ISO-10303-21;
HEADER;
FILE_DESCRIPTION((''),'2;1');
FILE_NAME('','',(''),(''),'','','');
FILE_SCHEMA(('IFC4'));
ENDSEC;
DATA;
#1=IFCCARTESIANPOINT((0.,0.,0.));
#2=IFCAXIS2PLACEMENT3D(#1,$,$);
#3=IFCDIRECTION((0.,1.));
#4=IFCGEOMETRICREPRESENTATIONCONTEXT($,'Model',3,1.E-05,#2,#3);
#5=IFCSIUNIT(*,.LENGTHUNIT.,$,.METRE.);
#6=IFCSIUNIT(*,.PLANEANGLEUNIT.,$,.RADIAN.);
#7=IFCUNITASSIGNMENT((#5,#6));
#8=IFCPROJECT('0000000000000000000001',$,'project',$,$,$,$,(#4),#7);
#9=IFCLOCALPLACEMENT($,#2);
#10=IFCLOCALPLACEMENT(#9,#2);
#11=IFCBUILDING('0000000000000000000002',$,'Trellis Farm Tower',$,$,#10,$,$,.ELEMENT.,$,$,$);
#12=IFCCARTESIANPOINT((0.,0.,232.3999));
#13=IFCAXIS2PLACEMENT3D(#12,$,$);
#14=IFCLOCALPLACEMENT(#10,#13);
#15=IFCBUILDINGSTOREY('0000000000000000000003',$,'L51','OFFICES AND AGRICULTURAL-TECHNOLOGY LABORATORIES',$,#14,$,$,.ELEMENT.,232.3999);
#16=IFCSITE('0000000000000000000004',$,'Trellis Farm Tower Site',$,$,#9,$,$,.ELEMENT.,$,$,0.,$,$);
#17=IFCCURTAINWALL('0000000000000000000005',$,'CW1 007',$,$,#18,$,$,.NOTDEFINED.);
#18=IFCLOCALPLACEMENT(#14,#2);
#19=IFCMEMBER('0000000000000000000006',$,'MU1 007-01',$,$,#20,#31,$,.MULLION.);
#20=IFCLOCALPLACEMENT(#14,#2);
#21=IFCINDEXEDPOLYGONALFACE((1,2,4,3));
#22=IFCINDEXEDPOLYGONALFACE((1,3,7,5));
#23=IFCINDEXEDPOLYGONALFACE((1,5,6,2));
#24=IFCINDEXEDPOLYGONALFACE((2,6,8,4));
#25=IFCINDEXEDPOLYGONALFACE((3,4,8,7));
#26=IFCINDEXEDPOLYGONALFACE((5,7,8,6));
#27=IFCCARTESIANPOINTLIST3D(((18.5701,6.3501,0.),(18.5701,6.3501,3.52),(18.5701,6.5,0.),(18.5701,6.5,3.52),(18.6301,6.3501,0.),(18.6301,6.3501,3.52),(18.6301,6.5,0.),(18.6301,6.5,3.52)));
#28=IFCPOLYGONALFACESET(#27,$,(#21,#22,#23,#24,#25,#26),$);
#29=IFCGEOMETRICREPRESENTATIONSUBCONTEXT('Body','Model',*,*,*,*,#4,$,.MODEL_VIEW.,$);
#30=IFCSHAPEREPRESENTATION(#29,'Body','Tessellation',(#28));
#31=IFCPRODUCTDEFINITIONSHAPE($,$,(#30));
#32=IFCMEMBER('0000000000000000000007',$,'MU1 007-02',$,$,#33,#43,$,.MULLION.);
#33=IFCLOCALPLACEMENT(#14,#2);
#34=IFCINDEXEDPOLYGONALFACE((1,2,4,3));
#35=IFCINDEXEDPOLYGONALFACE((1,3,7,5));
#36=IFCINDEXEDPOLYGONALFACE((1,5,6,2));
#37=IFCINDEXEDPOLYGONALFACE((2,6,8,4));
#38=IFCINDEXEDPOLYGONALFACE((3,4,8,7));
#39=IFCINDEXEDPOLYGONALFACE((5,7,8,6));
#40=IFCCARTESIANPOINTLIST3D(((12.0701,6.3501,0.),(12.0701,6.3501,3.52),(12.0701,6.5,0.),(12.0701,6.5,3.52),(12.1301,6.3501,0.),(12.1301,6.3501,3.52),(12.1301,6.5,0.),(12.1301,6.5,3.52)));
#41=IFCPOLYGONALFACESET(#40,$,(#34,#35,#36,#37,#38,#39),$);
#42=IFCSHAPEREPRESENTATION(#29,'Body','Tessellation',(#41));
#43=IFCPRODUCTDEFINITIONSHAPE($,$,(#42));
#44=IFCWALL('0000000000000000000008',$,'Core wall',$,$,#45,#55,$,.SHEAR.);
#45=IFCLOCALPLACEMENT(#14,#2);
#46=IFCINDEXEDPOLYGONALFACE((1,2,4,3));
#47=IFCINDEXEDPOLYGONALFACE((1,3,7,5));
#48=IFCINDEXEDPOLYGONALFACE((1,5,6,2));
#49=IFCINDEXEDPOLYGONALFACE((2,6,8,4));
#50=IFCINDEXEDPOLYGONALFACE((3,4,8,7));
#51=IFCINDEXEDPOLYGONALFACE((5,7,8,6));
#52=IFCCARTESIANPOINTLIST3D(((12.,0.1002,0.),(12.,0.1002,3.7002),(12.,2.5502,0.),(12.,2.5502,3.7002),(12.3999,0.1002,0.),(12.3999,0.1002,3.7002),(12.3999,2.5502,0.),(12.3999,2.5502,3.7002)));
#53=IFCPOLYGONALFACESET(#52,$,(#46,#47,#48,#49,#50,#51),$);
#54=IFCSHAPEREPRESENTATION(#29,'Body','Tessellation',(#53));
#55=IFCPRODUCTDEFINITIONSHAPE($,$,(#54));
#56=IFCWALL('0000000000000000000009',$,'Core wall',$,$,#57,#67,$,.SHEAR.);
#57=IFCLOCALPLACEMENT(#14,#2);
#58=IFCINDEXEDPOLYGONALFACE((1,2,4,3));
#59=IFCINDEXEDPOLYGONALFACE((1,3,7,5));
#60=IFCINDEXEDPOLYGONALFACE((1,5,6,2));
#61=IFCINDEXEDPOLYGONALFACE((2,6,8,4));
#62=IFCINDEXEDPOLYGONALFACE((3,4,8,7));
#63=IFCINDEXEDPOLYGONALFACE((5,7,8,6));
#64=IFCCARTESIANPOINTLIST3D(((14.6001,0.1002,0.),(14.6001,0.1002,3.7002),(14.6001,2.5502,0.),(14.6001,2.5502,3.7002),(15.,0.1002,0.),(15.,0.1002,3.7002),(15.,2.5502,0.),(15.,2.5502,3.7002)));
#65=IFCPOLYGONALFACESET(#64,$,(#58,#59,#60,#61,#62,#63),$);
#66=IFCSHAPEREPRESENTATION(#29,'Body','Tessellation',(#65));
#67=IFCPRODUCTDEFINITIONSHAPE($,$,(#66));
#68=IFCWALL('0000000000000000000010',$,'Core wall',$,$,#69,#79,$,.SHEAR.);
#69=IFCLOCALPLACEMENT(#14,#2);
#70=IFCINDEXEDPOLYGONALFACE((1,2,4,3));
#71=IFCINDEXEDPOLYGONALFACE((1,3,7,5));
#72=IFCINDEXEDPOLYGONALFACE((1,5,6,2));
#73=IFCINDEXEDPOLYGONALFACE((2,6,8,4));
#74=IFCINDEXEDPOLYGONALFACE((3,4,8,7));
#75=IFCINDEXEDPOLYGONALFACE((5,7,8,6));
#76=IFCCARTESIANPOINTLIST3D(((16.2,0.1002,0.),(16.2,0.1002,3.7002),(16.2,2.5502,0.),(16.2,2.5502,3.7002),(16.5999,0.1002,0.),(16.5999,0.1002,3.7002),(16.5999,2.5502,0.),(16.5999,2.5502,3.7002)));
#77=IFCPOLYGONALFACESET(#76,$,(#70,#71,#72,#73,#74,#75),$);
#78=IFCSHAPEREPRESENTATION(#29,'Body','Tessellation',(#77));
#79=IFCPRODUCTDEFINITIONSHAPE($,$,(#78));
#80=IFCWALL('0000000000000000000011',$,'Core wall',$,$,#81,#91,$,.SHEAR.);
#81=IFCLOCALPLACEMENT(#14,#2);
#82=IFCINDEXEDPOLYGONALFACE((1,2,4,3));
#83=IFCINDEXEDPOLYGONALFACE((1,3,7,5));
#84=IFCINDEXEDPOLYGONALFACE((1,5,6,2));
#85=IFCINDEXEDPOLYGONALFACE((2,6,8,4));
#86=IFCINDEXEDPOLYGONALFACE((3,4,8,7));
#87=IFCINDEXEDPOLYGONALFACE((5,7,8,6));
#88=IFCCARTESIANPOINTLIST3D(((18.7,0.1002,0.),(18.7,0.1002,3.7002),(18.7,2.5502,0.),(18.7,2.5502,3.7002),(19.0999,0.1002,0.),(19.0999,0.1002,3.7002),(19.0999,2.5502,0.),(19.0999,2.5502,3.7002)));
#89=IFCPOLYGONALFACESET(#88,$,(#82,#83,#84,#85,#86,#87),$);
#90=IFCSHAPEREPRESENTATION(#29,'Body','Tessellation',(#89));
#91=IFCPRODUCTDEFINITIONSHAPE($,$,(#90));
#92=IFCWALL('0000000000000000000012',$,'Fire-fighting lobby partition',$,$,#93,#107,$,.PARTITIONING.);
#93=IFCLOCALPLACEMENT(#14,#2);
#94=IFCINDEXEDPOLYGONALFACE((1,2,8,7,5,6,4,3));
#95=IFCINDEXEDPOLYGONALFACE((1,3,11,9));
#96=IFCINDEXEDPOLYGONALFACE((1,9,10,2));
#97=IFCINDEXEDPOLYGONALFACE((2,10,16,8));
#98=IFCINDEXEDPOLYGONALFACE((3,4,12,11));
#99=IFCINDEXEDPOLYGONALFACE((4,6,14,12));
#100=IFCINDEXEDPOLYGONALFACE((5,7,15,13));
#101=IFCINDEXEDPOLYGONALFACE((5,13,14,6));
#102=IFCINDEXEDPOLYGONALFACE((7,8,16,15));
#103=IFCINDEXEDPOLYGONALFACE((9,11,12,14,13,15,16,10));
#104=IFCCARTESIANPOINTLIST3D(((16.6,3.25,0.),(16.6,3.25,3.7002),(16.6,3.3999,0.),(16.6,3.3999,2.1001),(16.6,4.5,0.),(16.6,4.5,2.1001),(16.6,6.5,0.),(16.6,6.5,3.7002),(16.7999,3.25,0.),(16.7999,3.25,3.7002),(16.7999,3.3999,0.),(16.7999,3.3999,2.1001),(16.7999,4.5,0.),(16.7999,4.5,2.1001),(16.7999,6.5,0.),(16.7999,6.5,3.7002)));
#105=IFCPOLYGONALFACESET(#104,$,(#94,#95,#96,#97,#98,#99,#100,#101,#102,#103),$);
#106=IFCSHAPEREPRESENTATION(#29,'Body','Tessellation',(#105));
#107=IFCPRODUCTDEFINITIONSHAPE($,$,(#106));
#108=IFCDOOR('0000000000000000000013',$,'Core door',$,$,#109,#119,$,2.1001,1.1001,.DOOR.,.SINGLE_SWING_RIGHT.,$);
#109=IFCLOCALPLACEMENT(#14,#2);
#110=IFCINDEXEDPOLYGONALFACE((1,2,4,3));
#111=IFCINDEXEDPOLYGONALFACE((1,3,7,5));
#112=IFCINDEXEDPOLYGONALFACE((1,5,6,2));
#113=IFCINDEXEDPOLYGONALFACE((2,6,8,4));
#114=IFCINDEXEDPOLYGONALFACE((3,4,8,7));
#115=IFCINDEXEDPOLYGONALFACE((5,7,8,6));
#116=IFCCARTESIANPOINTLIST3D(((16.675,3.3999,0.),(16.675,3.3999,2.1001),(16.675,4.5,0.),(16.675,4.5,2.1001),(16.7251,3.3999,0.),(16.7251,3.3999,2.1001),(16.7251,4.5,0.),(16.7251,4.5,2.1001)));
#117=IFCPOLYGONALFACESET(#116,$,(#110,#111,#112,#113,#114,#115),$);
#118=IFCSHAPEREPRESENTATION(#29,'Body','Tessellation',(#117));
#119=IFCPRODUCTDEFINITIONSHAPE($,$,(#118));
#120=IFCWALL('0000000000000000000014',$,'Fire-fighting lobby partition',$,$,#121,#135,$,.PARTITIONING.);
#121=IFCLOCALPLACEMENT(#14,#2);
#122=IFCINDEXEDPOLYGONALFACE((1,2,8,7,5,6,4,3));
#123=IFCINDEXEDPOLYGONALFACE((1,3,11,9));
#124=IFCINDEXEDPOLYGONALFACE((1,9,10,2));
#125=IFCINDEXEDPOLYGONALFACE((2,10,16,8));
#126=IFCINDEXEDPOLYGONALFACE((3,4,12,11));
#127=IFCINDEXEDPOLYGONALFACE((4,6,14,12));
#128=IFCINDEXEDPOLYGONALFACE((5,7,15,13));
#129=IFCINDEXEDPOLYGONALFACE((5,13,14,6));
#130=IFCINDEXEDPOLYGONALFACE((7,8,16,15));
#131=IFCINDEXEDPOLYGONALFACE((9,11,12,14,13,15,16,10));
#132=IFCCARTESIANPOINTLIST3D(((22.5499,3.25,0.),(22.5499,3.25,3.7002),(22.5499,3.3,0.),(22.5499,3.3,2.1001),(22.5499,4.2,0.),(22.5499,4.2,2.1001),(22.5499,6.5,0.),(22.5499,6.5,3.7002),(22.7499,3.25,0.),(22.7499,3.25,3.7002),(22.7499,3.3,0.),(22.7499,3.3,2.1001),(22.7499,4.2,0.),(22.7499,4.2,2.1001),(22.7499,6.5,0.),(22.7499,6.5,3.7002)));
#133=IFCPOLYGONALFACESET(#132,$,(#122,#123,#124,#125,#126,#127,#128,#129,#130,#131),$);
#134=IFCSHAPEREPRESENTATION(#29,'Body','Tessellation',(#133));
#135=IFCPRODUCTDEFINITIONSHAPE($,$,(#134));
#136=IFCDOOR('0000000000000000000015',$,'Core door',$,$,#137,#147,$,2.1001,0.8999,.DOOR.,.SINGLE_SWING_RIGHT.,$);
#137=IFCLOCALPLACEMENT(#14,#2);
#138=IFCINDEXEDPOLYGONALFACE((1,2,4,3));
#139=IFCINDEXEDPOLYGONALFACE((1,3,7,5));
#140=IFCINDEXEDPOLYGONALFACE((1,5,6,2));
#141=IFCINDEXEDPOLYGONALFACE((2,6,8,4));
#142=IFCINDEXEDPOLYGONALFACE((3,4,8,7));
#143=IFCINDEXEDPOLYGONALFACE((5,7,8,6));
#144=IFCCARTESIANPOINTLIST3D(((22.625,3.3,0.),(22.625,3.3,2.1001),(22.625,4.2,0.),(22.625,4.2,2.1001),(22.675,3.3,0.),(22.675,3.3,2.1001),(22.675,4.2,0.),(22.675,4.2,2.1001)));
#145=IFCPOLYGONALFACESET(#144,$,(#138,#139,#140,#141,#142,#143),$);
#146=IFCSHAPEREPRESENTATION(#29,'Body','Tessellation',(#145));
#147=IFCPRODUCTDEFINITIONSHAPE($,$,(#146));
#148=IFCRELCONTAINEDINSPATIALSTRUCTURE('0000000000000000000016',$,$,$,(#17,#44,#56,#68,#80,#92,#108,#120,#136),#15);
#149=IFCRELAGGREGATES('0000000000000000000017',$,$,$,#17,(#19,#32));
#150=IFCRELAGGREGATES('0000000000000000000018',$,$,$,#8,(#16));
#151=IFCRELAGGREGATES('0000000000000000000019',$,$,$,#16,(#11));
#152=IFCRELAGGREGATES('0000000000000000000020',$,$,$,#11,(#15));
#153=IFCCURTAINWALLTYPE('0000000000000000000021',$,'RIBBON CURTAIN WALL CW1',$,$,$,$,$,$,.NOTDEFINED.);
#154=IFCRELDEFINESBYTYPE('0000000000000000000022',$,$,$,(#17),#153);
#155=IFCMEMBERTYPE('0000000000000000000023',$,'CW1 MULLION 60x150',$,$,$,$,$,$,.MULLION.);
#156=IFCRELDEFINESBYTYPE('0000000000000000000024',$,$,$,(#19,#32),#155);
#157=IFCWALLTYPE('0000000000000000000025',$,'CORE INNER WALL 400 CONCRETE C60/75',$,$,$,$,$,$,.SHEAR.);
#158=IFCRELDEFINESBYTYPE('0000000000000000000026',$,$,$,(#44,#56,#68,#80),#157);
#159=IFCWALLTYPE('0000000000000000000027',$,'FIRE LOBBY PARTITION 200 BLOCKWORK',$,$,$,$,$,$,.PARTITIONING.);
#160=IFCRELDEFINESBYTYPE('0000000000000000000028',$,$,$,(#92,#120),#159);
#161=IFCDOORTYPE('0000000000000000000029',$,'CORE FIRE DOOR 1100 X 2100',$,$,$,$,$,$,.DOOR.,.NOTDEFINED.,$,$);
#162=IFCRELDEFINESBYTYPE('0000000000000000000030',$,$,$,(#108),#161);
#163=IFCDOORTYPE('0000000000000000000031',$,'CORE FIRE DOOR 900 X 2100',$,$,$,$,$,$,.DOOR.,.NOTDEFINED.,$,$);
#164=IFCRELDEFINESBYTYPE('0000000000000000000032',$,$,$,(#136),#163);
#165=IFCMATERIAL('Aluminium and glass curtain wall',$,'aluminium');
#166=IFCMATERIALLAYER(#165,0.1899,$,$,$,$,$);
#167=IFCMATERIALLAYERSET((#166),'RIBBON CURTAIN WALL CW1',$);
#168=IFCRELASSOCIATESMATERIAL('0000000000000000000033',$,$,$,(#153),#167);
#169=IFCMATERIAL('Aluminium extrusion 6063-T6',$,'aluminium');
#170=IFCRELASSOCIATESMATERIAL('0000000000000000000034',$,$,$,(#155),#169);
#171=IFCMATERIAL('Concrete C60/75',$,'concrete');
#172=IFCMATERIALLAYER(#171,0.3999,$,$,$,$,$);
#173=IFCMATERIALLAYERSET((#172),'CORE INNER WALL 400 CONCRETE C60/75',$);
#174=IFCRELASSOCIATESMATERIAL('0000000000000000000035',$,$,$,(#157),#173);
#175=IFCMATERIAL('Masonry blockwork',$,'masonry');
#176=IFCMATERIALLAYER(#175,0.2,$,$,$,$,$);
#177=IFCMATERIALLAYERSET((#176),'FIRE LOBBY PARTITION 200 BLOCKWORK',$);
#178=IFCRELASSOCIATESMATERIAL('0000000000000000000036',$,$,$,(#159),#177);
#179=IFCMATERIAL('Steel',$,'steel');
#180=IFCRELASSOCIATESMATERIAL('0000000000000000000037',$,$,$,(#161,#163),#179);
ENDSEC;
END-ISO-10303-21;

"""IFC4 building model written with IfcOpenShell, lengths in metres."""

from ifc_helpers import new_model, si_unit, direction, frame, frame_2d, origin, origin_2d, place, context, subcontext, project, spatial, rectangle, extrude, source, transform, mapped, material, layer, layer_set, material_profile, profile_set, type_object, element, fill, aggregate, save


model = new_model("IFC4")

# Units and contexts
model_context = context("Model", 3, precision=1e-05, world=origin(), true_north=direction((0.0, 1.0)))
body_context = subcontext(model_context, "Body", "Model", "MODEL_VIEW")
ifc_project = project(units=[si_unit("LENGTHUNIT", "METRE"), si_unit("PLANEANGLEUNIT", "RADIAN")], contexts=[model_context])

# Site, building, storey
site_placement = place(None, origin())
site = spatial("IfcSite", under=ifc_project, at=site_placement, Name="Trellis Farm Tower Site", CompositionType="ELEMENT", RefElevation=0.0)
building_placement = place(site_placement, origin())
building = spatial("IfcBuilding", under=site, at=building_placement, Name="Trellis Farm Tower", CompositionType="ELEMENT")
storey_placement = place(building_placement, frame((0.0, 0.0, 232.3999)))
storey = spatial("IfcBuildingStorey", under=building, at=storey_placement, Name="L51", Description="OFFICES AND AGRICULTURAL-TECHNOLOGY LABORATORIES", CompositionType="ELEMENT", Elevation=232.3999)

# Shared definitions
ifc_material_1 = material(Name="Concrete C60/75", Category="concrete")

# Curtain wall, members
ifc_material_2 = material(Name="Aluminium and glass curtain wall", Category="aluminium")
ifc_layer_1 = layer(ifc_material_2, 0.1899)
ifc_layer_set_1 = layer_set([ifc_layer_1], Name="RIBBON CURTAIN WALL CW1")
curtain_wall_type = type_object("IfcCurtainWallType", Name="RIBBON CURTAIN WALL CW1", PredefinedType="NOTDEFINED", material=ifc_layer_set_1)
placement = place(storey_placement, origin())
ifc_material_3 = material(Name="Aluminium extrusion 6063-T6", Category="aluminium")
ifc_material_profile_1 = material_profile(ifc_material_3, rectangle(XDim=0.0601, YDim=0.1499, at=origin_2d()), Name="MULLION 60x150")
ifc_profile_set_1 = profile_set([ifc_material_profile_1], Name="Aluminium extrusion 6063-T6")
member_type = type_object("IfcMemberType", Name="CW1 MULLION 60x150", PredefinedType="MULLION", material=ifc_profile_set_1)
shared_shape_1 = source(origin(), body_context, "Body", "SweptSolid", [
    extrude(rectangle(XDim=0.0601, YDim=0.1499, at=origin_2d()), origin(), (0.0, 0.0, 1.0), 3.52),
])
curtain_wall_1 = element("IfcCurtainWall", 1, at=placement, inside=storey, type_object=curtain_wall_type, Name="CW1 007", PredefinedType="NOTDEFINED")
member_1_placement = place(storey_placement, frame((18.6001, 6.425, 0.0), z_axis=(0.0, 0.0, 1.0), x_axis=(-1.0, 0.0, 0.0)))
member_1 = element("IfcMember", 2, at=member_1_placement, type_object=member_type, Name="MU1 007-01", PredefinedType="MULLION", context=body_context, shape_type="MappedRepresentation", body=[
    mapped(shared_shape_1, transform((0.0, 0.0, 0.0))),
])
member_2_placement = place(storey_placement, frame((12.1001, 6.425, 0.0), z_axis=(0.0, 0.0, 1.0), x_axis=(-1.0, 0.0, 0.0)))
member_2 = element("IfcMember", 3, at=member_2_placement, type_object=member_type, Name="MU1 007-02", PredefinedType="MULLION", context=body_context, shape_type="MappedRepresentation", body=[
    mapped(shared_shape_1, transform((0.0, 0.0, 0.0))),
])
aggregate(curtain_wall_1, [member_1, member_2])

# Walls
ifc_layer_2 = layer(ifc_material_1, 0.3999)
ifc_layer_set_2 = layer_set([ifc_layer_2], Name="CORE INNER WALL 400 CONCRETE C60/75")
wall_type_1 = type_object("IfcWallType", Name="CORE INNER WALL 400 CONCRETE C60/75", PredefinedType="SHEAR", material=ifc_layer_set_2)
shared_shape_2 = source(origin(), body_context, "Body", "SweptSolid", [
    extrude(rectangle(XDim=2.45, YDim=0.3999, at=frame_2d((1.2251, 0.0))), origin(), (0.0, 0.0, 1.0), 3.7002),
])
for number, where, z_axis, x_axis, name in (
    (4, (12.2, 0.1001, 0.0), (0.0, 0.0, 1.0), (0.0, 1.0, 0.0), "Core wall"),
    (5, (14.8, 0.1001, 0.0), (0.0, 0.0, 1.0), (0.0, 1.0, 0.0), "Core wall"),
    (6, (16.3999, 0.1001, 0.0), (0.0, 0.0, 1.0), (0.0, 1.0, 0.0), "Core wall"),
    (7, (18.8999, 0.1001, 0.0), (0.0, 0.0, 1.0), (0.0, 1.0, 0.0), "Core wall"),
):
    element("IfcWall", number, at=place(storey_placement, frame(where, z_axis=z_axis, x_axis=x_axis)), inside=storey, type_object=wall_type_1, Name=name, PredefinedType="SHEAR", context=body_context, shape_type="MappedRepresentation", body=[
        mapped(shared_shape_2, transform((0.0, 0.0, 0.0))),
    ])

# Walls, openings, doors
ifc_material_4 = material(Name="Masonry blockwork", Category="masonry")
ifc_layer_3 = layer(ifc_material_4, 0.2)
ifc_layer_set_3 = layer_set([ifc_layer_3], Name="FIRE LOBBY PARTITION 200 BLOCKWORK")
wall_type_2 = type_object("IfcWallType", Name="FIRE LOBBY PARTITION 200 BLOCKWORK", PredefinedType="PARTITIONING", material=ifc_layer_set_3)
shared_shape_3 = source(origin(), body_context, "Body", "SweptSolid", [
    extrude(rectangle(XDim=3.25, YDim=0.2, at=frame_2d((1.625, 0.0))), origin(), (0.0, 0.0, 1.0), 3.7002),
])
wall_1_placement = place(storey_placement, frame((16.7, 3.25, 0.0), z_axis=(0.0, 0.0, 1.0), x_axis=(0.0, 1.0, 0.0)))
wall_1 = element("IfcWall", 8, at=wall_1_placement, inside=storey, type_object=wall_type_2, Name="Fire-fighting lobby partition", PredefinedType="PARTITIONING", context=body_context, shape_type="MappedRepresentation", body=[
    mapped(shared_shape_3, transform((0.0, 0.0, 0.0))),
])
shared_shape_4 = source(origin(), body_context, "Body", "SweptSolid", [
    extrude(rectangle(XDim=1.1001, YDim=2.1001, at=frame_2d((0.55, 1.05))), frame((0.0, 0.1101, 0.0), z_axis=(0.0, -1.0, 0.0), x_axis=(1.0, 0.0, 0.0)), (0.0, 0.0, 1.0), 0.2202),
])
opening_1_placement = place(wall_1_placement, frame((0.1499, 0.0, 0.0)))
opening_1 = element("IfcOpeningElement", 9, at=opening_1_placement, cuts=wall_1, PredefinedType="OPENING", context=body_context, shape_type="MappedRepresentation", body=[
    mapped(shared_shape_4, transform((0.0, 0.0, 0.0))),
])
ifc_material_5 = material(Name="Steel", Category="steel")
door_type_1 = type_object("IfcDoorType", Name="CORE FIRE DOOR 1100 X 2100", OperationType="NOTDEFINED", PredefinedType="DOOR", material=ifc_material_5)
shared_shape_5 = source(origin(), body_context, "Body", "SweptSolid", [
    extrude(rectangle(XDim=1.1001, YDim=2.1001, at=frame_2d((0.55, 1.05))), frame((0.0, 0.0249, 0.0), z_axis=(0.0, -1.0, 0.0), x_axis=(1.0, 0.0, 0.0)), (0.0, 0.0, 1.0), 0.05),
])
door_1_placement = place(opening_1_placement, origin())
door_1 = element("IfcDoor", 10, at=door_1_placement, inside=storey, type_object=door_type_1, Name="Core door", OperationType="SINGLE_SWING_RIGHT", OverallHeight=2.1001, OverallWidth=1.1001, PredefinedType="DOOR", context=body_context, shape_type="MappedRepresentation", body=[
    mapped(shared_shape_5, transform((0.0, 0.0, 0.0))),
])
fill(opening_1, door_1)
wall_2_placement = place(storey_placement, frame((22.6499, 3.25, 0.0), z_axis=(0.0, 0.0, 1.0), x_axis=(0.0, 1.0, 0.0)))
wall_2 = element("IfcWall", 11, at=wall_2_placement, inside=storey, type_object=wall_type_2, Name="Fire-fighting lobby partition", PredefinedType="PARTITIONING", context=body_context, shape_type="MappedRepresentation", body=[
    mapped(shared_shape_3, transform((0.0, 0.0, 0.0))),
])
shared_shape_6 = source(origin(), body_context, "Body", "SweptSolid", [
    extrude(rectangle(XDim=0.8999, YDim=2.1001, at=frame_2d((0.45, 1.05))), frame((0.0, 0.1101, 0.0), z_axis=(0.0, -1.0, 0.0), x_axis=(1.0, 0.0, 0.0)), (0.0, 0.0, 1.0), 0.2202),
])
opening_2_placement = place(wall_2_placement, frame((0.05, 0.0, 0.0)))
opening_2 = element("IfcOpeningElement", 12, at=opening_2_placement, cuts=wall_2, PredefinedType="OPENING", context=body_context, shape_type="MappedRepresentation", body=[
    mapped(shared_shape_6, transform((0.0, 0.0, 0.0))),
])
door_type_2 = type_object("IfcDoorType", Name="CORE FIRE DOOR 900 X 2100", OperationType="NOTDEFINED", PredefinedType="DOOR", material=ifc_material_5)
shared_shape_7 = source(origin(), body_context, "Body", "SweptSolid", [
    extrude(rectangle(XDim=0.8999, YDim=2.1001, at=frame_2d((0.45, 1.05))), frame((0.0, 0.0249, 0.0), z_axis=(0.0, -1.0, 0.0), x_axis=(1.0, 0.0, 0.0)), (0.0, 0.0, 1.0), 0.05),
])
door_2_placement = place(opening_2_placement, origin())
door_2 = element("IfcDoor", 13, at=door_2_placement, inside=storey, type_object=door_type_2, Name="Core door", OperationType="SINGLE_SWING_RIGHT", OverallHeight=2.1001, OverallWidth=0.8999, PredefinedType="DOOR", context=body_context, shape_type="MappedRepresentation", body=[
    mapped(shared_shape_7, transform((0.0, 0.0, 0.0))),
])
fill(opening_2, door_2)

save(model, "model.ifc")
